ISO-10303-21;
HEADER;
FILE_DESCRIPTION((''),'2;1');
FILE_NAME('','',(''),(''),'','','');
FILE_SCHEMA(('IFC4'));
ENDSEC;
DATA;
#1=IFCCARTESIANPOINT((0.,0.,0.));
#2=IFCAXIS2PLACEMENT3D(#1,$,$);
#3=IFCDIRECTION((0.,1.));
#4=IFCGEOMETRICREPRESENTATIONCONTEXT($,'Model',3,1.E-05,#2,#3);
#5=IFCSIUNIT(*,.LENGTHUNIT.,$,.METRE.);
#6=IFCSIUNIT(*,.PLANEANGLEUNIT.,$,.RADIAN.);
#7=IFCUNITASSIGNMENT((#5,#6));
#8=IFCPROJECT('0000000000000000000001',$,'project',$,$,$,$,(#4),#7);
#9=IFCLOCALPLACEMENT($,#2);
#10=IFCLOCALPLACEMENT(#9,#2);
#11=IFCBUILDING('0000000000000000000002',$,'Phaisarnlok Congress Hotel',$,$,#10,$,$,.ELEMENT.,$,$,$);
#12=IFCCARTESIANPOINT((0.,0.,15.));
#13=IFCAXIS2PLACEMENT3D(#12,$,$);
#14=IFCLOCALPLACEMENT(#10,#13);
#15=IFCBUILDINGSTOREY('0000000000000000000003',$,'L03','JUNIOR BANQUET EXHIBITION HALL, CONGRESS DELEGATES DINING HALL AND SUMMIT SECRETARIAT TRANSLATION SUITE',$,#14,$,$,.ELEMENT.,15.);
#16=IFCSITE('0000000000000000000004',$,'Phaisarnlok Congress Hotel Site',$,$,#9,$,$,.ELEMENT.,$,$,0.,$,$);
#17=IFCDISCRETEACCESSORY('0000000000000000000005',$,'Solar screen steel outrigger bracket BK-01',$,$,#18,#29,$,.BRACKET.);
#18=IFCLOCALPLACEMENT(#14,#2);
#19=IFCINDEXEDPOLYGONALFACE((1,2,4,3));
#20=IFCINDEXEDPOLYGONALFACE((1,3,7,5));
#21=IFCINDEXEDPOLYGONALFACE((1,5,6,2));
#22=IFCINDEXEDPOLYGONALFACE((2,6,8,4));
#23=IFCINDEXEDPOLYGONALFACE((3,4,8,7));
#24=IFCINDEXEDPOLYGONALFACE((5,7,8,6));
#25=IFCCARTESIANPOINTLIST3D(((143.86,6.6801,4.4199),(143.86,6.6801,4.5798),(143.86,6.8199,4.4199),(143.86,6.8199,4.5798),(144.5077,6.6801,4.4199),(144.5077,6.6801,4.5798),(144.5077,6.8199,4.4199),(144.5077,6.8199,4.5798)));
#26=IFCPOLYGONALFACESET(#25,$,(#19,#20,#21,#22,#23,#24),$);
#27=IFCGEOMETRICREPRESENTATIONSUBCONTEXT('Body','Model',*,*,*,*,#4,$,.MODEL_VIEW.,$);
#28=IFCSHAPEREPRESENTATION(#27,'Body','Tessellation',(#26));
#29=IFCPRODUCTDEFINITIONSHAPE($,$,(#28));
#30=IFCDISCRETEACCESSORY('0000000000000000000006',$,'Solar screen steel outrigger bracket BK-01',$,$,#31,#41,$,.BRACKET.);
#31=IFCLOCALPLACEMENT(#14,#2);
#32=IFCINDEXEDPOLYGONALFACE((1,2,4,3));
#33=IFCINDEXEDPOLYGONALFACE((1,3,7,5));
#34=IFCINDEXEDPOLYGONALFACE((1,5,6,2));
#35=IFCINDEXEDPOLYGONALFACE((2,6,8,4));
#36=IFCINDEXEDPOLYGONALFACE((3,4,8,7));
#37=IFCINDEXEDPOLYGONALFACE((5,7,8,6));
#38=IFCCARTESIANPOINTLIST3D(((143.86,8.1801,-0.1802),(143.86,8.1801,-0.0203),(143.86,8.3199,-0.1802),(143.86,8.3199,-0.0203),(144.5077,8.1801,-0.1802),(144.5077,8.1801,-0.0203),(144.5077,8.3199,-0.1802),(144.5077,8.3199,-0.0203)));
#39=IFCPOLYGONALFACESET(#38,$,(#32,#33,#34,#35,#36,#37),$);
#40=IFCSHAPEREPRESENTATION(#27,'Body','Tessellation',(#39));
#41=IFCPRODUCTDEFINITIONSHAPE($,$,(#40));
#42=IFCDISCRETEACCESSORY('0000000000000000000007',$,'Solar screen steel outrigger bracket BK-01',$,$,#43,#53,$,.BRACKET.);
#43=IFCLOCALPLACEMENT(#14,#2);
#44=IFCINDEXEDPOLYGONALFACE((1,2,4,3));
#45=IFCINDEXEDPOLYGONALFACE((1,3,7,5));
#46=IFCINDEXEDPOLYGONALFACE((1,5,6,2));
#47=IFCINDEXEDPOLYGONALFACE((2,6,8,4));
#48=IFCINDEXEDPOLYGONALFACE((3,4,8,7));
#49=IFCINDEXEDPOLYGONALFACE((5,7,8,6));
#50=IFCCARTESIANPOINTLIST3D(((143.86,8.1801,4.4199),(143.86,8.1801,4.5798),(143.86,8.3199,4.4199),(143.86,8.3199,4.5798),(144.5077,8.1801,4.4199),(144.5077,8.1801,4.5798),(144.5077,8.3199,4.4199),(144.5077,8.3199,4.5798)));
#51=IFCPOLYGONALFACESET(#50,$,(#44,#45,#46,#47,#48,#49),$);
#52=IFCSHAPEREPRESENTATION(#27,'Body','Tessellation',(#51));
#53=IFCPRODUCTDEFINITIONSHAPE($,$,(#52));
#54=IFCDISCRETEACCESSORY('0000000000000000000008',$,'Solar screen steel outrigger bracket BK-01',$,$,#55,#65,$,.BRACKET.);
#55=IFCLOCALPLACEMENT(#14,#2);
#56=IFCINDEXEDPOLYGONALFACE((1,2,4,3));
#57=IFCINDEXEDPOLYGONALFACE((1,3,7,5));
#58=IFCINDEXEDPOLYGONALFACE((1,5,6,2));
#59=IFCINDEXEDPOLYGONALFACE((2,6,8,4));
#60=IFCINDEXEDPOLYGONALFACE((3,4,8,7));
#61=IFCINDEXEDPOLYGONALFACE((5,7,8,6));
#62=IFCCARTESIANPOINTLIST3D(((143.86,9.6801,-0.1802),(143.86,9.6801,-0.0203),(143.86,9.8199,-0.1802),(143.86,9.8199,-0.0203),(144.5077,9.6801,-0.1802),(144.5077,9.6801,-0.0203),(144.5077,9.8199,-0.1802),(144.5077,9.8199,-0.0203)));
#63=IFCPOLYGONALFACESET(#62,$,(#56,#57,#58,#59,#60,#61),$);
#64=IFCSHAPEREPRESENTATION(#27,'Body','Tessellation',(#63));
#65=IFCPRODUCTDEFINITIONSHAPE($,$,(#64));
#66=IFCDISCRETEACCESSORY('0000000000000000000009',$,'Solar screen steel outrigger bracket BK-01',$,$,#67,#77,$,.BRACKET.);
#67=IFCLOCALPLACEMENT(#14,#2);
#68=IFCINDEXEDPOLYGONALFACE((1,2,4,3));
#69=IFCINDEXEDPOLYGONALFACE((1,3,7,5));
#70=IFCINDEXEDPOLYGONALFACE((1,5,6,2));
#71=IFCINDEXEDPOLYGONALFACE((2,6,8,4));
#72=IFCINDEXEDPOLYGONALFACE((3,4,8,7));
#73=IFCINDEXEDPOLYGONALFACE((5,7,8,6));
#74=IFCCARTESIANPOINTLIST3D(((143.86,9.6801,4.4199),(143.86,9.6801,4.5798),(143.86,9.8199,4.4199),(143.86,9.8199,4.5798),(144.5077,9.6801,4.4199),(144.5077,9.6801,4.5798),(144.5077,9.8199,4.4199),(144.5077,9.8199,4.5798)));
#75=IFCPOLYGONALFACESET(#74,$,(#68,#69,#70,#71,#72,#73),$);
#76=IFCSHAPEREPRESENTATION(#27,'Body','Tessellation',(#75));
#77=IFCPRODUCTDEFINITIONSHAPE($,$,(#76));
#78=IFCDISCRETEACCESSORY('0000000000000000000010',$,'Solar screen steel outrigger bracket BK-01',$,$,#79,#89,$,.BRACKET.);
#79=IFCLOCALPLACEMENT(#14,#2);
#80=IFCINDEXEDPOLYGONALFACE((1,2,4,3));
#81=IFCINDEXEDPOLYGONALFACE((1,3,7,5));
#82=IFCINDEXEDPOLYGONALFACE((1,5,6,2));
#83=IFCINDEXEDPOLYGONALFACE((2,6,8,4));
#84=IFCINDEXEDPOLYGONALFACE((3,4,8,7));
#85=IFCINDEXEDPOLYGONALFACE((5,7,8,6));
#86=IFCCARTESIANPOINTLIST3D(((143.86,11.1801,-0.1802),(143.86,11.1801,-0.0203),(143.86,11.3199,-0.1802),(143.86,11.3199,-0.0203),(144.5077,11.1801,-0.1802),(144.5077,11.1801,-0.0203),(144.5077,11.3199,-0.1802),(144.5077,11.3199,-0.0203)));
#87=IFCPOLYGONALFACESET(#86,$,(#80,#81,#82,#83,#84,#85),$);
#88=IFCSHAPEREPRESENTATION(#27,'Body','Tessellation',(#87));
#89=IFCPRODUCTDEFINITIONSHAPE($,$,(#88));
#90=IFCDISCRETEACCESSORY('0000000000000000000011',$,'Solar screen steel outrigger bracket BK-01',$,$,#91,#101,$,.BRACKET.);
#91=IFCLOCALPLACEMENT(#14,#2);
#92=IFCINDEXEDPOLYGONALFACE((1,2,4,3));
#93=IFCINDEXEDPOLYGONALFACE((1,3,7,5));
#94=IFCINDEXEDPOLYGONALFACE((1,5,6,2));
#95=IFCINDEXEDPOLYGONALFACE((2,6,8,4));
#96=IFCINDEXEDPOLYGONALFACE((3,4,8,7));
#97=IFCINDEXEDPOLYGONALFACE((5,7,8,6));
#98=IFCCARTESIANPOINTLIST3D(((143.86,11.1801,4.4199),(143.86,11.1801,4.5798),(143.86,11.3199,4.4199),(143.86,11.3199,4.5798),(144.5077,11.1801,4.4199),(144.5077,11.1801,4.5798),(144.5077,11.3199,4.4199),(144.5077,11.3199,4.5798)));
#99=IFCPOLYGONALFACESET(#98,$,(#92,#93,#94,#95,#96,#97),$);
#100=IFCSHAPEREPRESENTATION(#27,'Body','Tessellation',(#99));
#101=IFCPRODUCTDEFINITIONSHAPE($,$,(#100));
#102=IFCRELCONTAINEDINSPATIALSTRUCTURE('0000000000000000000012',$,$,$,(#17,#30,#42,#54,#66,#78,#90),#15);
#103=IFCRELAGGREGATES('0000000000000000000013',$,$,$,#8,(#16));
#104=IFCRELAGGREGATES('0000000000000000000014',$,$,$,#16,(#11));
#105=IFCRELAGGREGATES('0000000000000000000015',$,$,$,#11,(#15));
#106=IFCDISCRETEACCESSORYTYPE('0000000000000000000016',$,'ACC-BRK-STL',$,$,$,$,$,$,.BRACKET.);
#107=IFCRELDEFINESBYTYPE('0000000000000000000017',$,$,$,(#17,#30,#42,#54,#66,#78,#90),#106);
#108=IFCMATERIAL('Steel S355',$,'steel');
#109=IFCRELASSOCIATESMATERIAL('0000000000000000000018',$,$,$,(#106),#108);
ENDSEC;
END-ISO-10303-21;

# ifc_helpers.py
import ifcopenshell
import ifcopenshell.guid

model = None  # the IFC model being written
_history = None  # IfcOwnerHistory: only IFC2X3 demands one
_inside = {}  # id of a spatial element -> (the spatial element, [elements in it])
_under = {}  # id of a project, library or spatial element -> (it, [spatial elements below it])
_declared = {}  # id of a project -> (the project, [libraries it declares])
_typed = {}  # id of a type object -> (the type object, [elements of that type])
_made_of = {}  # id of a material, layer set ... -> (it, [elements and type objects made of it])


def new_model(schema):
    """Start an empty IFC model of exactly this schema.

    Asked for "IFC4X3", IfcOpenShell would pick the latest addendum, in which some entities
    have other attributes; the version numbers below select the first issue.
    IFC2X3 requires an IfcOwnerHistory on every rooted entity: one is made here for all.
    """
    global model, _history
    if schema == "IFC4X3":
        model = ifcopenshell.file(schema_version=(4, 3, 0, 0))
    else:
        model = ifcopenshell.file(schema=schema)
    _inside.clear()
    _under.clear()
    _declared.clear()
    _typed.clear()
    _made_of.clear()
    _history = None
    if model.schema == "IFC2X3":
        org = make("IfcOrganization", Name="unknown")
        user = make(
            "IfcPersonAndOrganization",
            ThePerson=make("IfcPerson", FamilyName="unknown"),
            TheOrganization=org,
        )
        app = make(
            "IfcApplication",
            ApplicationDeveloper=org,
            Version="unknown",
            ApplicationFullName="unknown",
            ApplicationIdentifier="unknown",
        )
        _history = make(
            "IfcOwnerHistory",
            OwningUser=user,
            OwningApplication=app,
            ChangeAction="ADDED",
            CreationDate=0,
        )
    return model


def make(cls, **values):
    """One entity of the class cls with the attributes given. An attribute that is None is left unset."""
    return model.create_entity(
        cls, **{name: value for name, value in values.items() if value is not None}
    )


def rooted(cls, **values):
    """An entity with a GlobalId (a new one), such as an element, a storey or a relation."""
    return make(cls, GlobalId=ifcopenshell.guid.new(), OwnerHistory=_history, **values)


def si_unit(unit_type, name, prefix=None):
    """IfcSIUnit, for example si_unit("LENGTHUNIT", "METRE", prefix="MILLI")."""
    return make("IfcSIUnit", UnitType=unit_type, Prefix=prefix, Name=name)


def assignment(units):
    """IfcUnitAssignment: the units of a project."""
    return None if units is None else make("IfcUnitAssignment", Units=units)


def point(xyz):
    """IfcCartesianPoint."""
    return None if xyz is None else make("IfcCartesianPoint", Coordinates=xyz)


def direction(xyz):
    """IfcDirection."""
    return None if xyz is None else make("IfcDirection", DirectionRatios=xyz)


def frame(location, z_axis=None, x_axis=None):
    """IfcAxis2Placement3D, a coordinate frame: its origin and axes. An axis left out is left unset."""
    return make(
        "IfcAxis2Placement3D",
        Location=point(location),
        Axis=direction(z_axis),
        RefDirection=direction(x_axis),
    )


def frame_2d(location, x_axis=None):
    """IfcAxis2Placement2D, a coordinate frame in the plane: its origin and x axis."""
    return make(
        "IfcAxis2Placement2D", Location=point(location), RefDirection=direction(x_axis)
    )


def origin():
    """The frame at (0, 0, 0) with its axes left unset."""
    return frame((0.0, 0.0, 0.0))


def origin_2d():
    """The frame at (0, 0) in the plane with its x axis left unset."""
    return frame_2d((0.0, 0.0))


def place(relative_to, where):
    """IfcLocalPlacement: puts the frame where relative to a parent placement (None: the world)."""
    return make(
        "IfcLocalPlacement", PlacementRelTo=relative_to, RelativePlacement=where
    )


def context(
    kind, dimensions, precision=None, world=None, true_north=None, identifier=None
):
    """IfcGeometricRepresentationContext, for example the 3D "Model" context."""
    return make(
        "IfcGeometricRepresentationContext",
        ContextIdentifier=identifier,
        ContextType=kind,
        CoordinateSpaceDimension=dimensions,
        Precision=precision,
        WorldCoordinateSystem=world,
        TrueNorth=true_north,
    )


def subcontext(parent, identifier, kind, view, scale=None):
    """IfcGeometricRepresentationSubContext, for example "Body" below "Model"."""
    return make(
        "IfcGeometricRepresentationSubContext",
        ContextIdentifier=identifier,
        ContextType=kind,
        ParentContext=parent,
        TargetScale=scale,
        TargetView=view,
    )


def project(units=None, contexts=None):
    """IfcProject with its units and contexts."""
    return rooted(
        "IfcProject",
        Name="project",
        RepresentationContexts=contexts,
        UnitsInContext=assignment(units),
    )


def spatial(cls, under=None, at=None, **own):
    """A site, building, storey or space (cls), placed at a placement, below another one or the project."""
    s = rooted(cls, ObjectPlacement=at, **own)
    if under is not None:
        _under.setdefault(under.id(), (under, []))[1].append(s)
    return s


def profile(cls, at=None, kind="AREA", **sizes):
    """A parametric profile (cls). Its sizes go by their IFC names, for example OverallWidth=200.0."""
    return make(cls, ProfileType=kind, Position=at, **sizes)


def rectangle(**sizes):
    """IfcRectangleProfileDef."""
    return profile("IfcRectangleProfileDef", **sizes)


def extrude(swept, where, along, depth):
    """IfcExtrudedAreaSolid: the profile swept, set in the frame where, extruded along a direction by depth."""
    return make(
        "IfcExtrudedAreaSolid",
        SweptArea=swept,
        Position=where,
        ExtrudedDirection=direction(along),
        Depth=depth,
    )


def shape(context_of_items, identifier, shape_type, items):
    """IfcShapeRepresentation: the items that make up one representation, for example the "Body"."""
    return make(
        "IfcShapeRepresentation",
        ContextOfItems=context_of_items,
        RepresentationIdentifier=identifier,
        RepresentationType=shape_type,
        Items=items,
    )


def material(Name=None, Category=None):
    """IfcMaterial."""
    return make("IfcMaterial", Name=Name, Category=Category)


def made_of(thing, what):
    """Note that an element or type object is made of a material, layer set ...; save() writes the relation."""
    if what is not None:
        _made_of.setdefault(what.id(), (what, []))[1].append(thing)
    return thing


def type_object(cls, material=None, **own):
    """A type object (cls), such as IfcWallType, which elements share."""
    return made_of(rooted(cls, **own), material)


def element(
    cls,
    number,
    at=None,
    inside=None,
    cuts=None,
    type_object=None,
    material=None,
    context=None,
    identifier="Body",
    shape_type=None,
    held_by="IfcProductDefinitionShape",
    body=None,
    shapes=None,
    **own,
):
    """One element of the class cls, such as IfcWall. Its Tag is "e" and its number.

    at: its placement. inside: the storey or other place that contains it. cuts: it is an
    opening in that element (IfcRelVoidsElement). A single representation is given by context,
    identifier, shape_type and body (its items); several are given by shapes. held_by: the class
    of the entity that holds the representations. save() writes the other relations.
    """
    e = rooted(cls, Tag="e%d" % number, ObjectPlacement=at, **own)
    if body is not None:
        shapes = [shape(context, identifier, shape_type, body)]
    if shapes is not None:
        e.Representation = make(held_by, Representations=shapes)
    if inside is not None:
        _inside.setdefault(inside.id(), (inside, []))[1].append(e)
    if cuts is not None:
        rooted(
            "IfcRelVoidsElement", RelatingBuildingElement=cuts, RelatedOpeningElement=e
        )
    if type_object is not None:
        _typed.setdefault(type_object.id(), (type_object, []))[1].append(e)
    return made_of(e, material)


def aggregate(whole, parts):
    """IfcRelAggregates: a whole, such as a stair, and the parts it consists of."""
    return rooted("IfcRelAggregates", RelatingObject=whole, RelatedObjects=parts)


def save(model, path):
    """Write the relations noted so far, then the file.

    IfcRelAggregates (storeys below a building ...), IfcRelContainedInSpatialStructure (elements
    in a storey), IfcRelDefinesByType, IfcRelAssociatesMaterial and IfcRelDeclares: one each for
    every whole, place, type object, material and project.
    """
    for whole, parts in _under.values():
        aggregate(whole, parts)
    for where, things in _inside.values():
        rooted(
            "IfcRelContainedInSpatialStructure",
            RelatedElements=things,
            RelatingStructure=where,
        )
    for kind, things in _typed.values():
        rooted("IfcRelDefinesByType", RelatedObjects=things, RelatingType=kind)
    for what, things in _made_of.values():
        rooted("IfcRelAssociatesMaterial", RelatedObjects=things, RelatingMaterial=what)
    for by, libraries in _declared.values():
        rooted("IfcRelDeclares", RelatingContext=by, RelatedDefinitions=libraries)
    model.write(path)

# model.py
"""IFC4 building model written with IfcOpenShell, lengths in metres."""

from ifc_helpers import new_model, si_unit, direction, frame, origin, origin_2d, place, context, subcontext, project, spatial, rectangle, extrude, material, type_object, element, save


model = new_model("IFC4")

# Units and contexts
model_context = context("Model", 3, precision=1e-05, world=origin(), true_north=direction((0.0, 1.0)))
body_context = subcontext(model_context, "Body", "Model", "MODEL_VIEW")
ifc_project = project(units=[si_unit("LENGTHUNIT", "METRE"), si_unit("PLANEANGLEUNIT", "RADIAN")], contexts=[model_context])

# Site, building, storey
site_placement = place(None, origin())
site = spatial("IfcSite", under=ifc_project, at=site_placement, Name="Phaisarnlok Congress Hotel Site", CompositionType="ELEMENT", RefElevation=0.0)
building_placement = place(site_placement, origin())
building = spatial("IfcBuilding", under=site, at=building_placement, Name="Phaisarnlok Congress Hotel", CompositionType="ELEMENT")
storey_placement = place(building_placement, frame((0.0, 0.0, 15.0)))
storey = spatial("IfcBuildingStorey", under=building, at=storey_placement, Name="L03", Description="JUNIOR BANQUET EXHIBITION HALL, CONGRESS DELEGATES DINING HALL AND SUMMIT SECRETARIAT TRANSLATION SUITE", CompositionType="ELEMENT", Elevation=15.0)

# Shared definitions
ifc_material_1 = material(Name="Steel S355", Category="steel")

# Discrete accessories
discrete_accessory_type = type_object("IfcDiscreteAccessoryType", Name="ACC-BRK-STL", PredefinedType="BRACKET", material=ifc_material_1)
for number, where, z_axis, x_axis, name in (
    (1, (144.1838, 6.75, 4.4199), (0.0, 0.0, 1.0), (1.0, 0.0, 0.0), "Solar screen steel outrigger bracket BK-01"),
    (2, (144.1838, 8.25, -0.1802), (0.0, 0.0, 1.0), (1.0, 0.0, 0.0), "Solar screen steel outrigger bracket BK-01"),
    (3, (144.1838, 8.25, 4.4199), (0.0, 0.0, 1.0), (1.0, 0.0, 0.0), "Solar screen steel outrigger bracket BK-01"),
    (4, (144.1838, 9.75, -0.1802), (0.0, 0.0, 1.0), (1.0, 0.0, 0.0), "Solar screen steel outrigger bracket BK-01"),
    (5, (144.1838, 9.75, 4.4199), (0.0, 0.0, 1.0), (1.0, 0.0, 0.0), "Solar screen steel outrigger bracket BK-01"),
    (6, (144.1838, 11.25, -0.1802), (0.0, 0.0, 1.0), (1.0, 0.0, 0.0), "Solar screen steel outrigger bracket BK-01"),
    (7, (144.1838, 11.25, 4.4199), (0.0, 0.0, 1.0), (1.0, 0.0, 0.0), "Solar screen steel outrigger bracket BK-01"),
):
    element("IfcDiscreteAccessory", number, at=place(storey_placement, frame(where, z_axis=z_axis, x_axis=x_axis)), inside=storey, type_object=discrete_accessory_type, Name=name, PredefinedType="BRACKET", context=body_context, shape_type="SweptSolid", body=[
        extrude(rectangle(XDim=0.6477, YDim=0.1399, at=origin_2d()), origin(), (0.0, 0.0, 1.0), 0.1599),
    ])

save(model, "model.ifc")
